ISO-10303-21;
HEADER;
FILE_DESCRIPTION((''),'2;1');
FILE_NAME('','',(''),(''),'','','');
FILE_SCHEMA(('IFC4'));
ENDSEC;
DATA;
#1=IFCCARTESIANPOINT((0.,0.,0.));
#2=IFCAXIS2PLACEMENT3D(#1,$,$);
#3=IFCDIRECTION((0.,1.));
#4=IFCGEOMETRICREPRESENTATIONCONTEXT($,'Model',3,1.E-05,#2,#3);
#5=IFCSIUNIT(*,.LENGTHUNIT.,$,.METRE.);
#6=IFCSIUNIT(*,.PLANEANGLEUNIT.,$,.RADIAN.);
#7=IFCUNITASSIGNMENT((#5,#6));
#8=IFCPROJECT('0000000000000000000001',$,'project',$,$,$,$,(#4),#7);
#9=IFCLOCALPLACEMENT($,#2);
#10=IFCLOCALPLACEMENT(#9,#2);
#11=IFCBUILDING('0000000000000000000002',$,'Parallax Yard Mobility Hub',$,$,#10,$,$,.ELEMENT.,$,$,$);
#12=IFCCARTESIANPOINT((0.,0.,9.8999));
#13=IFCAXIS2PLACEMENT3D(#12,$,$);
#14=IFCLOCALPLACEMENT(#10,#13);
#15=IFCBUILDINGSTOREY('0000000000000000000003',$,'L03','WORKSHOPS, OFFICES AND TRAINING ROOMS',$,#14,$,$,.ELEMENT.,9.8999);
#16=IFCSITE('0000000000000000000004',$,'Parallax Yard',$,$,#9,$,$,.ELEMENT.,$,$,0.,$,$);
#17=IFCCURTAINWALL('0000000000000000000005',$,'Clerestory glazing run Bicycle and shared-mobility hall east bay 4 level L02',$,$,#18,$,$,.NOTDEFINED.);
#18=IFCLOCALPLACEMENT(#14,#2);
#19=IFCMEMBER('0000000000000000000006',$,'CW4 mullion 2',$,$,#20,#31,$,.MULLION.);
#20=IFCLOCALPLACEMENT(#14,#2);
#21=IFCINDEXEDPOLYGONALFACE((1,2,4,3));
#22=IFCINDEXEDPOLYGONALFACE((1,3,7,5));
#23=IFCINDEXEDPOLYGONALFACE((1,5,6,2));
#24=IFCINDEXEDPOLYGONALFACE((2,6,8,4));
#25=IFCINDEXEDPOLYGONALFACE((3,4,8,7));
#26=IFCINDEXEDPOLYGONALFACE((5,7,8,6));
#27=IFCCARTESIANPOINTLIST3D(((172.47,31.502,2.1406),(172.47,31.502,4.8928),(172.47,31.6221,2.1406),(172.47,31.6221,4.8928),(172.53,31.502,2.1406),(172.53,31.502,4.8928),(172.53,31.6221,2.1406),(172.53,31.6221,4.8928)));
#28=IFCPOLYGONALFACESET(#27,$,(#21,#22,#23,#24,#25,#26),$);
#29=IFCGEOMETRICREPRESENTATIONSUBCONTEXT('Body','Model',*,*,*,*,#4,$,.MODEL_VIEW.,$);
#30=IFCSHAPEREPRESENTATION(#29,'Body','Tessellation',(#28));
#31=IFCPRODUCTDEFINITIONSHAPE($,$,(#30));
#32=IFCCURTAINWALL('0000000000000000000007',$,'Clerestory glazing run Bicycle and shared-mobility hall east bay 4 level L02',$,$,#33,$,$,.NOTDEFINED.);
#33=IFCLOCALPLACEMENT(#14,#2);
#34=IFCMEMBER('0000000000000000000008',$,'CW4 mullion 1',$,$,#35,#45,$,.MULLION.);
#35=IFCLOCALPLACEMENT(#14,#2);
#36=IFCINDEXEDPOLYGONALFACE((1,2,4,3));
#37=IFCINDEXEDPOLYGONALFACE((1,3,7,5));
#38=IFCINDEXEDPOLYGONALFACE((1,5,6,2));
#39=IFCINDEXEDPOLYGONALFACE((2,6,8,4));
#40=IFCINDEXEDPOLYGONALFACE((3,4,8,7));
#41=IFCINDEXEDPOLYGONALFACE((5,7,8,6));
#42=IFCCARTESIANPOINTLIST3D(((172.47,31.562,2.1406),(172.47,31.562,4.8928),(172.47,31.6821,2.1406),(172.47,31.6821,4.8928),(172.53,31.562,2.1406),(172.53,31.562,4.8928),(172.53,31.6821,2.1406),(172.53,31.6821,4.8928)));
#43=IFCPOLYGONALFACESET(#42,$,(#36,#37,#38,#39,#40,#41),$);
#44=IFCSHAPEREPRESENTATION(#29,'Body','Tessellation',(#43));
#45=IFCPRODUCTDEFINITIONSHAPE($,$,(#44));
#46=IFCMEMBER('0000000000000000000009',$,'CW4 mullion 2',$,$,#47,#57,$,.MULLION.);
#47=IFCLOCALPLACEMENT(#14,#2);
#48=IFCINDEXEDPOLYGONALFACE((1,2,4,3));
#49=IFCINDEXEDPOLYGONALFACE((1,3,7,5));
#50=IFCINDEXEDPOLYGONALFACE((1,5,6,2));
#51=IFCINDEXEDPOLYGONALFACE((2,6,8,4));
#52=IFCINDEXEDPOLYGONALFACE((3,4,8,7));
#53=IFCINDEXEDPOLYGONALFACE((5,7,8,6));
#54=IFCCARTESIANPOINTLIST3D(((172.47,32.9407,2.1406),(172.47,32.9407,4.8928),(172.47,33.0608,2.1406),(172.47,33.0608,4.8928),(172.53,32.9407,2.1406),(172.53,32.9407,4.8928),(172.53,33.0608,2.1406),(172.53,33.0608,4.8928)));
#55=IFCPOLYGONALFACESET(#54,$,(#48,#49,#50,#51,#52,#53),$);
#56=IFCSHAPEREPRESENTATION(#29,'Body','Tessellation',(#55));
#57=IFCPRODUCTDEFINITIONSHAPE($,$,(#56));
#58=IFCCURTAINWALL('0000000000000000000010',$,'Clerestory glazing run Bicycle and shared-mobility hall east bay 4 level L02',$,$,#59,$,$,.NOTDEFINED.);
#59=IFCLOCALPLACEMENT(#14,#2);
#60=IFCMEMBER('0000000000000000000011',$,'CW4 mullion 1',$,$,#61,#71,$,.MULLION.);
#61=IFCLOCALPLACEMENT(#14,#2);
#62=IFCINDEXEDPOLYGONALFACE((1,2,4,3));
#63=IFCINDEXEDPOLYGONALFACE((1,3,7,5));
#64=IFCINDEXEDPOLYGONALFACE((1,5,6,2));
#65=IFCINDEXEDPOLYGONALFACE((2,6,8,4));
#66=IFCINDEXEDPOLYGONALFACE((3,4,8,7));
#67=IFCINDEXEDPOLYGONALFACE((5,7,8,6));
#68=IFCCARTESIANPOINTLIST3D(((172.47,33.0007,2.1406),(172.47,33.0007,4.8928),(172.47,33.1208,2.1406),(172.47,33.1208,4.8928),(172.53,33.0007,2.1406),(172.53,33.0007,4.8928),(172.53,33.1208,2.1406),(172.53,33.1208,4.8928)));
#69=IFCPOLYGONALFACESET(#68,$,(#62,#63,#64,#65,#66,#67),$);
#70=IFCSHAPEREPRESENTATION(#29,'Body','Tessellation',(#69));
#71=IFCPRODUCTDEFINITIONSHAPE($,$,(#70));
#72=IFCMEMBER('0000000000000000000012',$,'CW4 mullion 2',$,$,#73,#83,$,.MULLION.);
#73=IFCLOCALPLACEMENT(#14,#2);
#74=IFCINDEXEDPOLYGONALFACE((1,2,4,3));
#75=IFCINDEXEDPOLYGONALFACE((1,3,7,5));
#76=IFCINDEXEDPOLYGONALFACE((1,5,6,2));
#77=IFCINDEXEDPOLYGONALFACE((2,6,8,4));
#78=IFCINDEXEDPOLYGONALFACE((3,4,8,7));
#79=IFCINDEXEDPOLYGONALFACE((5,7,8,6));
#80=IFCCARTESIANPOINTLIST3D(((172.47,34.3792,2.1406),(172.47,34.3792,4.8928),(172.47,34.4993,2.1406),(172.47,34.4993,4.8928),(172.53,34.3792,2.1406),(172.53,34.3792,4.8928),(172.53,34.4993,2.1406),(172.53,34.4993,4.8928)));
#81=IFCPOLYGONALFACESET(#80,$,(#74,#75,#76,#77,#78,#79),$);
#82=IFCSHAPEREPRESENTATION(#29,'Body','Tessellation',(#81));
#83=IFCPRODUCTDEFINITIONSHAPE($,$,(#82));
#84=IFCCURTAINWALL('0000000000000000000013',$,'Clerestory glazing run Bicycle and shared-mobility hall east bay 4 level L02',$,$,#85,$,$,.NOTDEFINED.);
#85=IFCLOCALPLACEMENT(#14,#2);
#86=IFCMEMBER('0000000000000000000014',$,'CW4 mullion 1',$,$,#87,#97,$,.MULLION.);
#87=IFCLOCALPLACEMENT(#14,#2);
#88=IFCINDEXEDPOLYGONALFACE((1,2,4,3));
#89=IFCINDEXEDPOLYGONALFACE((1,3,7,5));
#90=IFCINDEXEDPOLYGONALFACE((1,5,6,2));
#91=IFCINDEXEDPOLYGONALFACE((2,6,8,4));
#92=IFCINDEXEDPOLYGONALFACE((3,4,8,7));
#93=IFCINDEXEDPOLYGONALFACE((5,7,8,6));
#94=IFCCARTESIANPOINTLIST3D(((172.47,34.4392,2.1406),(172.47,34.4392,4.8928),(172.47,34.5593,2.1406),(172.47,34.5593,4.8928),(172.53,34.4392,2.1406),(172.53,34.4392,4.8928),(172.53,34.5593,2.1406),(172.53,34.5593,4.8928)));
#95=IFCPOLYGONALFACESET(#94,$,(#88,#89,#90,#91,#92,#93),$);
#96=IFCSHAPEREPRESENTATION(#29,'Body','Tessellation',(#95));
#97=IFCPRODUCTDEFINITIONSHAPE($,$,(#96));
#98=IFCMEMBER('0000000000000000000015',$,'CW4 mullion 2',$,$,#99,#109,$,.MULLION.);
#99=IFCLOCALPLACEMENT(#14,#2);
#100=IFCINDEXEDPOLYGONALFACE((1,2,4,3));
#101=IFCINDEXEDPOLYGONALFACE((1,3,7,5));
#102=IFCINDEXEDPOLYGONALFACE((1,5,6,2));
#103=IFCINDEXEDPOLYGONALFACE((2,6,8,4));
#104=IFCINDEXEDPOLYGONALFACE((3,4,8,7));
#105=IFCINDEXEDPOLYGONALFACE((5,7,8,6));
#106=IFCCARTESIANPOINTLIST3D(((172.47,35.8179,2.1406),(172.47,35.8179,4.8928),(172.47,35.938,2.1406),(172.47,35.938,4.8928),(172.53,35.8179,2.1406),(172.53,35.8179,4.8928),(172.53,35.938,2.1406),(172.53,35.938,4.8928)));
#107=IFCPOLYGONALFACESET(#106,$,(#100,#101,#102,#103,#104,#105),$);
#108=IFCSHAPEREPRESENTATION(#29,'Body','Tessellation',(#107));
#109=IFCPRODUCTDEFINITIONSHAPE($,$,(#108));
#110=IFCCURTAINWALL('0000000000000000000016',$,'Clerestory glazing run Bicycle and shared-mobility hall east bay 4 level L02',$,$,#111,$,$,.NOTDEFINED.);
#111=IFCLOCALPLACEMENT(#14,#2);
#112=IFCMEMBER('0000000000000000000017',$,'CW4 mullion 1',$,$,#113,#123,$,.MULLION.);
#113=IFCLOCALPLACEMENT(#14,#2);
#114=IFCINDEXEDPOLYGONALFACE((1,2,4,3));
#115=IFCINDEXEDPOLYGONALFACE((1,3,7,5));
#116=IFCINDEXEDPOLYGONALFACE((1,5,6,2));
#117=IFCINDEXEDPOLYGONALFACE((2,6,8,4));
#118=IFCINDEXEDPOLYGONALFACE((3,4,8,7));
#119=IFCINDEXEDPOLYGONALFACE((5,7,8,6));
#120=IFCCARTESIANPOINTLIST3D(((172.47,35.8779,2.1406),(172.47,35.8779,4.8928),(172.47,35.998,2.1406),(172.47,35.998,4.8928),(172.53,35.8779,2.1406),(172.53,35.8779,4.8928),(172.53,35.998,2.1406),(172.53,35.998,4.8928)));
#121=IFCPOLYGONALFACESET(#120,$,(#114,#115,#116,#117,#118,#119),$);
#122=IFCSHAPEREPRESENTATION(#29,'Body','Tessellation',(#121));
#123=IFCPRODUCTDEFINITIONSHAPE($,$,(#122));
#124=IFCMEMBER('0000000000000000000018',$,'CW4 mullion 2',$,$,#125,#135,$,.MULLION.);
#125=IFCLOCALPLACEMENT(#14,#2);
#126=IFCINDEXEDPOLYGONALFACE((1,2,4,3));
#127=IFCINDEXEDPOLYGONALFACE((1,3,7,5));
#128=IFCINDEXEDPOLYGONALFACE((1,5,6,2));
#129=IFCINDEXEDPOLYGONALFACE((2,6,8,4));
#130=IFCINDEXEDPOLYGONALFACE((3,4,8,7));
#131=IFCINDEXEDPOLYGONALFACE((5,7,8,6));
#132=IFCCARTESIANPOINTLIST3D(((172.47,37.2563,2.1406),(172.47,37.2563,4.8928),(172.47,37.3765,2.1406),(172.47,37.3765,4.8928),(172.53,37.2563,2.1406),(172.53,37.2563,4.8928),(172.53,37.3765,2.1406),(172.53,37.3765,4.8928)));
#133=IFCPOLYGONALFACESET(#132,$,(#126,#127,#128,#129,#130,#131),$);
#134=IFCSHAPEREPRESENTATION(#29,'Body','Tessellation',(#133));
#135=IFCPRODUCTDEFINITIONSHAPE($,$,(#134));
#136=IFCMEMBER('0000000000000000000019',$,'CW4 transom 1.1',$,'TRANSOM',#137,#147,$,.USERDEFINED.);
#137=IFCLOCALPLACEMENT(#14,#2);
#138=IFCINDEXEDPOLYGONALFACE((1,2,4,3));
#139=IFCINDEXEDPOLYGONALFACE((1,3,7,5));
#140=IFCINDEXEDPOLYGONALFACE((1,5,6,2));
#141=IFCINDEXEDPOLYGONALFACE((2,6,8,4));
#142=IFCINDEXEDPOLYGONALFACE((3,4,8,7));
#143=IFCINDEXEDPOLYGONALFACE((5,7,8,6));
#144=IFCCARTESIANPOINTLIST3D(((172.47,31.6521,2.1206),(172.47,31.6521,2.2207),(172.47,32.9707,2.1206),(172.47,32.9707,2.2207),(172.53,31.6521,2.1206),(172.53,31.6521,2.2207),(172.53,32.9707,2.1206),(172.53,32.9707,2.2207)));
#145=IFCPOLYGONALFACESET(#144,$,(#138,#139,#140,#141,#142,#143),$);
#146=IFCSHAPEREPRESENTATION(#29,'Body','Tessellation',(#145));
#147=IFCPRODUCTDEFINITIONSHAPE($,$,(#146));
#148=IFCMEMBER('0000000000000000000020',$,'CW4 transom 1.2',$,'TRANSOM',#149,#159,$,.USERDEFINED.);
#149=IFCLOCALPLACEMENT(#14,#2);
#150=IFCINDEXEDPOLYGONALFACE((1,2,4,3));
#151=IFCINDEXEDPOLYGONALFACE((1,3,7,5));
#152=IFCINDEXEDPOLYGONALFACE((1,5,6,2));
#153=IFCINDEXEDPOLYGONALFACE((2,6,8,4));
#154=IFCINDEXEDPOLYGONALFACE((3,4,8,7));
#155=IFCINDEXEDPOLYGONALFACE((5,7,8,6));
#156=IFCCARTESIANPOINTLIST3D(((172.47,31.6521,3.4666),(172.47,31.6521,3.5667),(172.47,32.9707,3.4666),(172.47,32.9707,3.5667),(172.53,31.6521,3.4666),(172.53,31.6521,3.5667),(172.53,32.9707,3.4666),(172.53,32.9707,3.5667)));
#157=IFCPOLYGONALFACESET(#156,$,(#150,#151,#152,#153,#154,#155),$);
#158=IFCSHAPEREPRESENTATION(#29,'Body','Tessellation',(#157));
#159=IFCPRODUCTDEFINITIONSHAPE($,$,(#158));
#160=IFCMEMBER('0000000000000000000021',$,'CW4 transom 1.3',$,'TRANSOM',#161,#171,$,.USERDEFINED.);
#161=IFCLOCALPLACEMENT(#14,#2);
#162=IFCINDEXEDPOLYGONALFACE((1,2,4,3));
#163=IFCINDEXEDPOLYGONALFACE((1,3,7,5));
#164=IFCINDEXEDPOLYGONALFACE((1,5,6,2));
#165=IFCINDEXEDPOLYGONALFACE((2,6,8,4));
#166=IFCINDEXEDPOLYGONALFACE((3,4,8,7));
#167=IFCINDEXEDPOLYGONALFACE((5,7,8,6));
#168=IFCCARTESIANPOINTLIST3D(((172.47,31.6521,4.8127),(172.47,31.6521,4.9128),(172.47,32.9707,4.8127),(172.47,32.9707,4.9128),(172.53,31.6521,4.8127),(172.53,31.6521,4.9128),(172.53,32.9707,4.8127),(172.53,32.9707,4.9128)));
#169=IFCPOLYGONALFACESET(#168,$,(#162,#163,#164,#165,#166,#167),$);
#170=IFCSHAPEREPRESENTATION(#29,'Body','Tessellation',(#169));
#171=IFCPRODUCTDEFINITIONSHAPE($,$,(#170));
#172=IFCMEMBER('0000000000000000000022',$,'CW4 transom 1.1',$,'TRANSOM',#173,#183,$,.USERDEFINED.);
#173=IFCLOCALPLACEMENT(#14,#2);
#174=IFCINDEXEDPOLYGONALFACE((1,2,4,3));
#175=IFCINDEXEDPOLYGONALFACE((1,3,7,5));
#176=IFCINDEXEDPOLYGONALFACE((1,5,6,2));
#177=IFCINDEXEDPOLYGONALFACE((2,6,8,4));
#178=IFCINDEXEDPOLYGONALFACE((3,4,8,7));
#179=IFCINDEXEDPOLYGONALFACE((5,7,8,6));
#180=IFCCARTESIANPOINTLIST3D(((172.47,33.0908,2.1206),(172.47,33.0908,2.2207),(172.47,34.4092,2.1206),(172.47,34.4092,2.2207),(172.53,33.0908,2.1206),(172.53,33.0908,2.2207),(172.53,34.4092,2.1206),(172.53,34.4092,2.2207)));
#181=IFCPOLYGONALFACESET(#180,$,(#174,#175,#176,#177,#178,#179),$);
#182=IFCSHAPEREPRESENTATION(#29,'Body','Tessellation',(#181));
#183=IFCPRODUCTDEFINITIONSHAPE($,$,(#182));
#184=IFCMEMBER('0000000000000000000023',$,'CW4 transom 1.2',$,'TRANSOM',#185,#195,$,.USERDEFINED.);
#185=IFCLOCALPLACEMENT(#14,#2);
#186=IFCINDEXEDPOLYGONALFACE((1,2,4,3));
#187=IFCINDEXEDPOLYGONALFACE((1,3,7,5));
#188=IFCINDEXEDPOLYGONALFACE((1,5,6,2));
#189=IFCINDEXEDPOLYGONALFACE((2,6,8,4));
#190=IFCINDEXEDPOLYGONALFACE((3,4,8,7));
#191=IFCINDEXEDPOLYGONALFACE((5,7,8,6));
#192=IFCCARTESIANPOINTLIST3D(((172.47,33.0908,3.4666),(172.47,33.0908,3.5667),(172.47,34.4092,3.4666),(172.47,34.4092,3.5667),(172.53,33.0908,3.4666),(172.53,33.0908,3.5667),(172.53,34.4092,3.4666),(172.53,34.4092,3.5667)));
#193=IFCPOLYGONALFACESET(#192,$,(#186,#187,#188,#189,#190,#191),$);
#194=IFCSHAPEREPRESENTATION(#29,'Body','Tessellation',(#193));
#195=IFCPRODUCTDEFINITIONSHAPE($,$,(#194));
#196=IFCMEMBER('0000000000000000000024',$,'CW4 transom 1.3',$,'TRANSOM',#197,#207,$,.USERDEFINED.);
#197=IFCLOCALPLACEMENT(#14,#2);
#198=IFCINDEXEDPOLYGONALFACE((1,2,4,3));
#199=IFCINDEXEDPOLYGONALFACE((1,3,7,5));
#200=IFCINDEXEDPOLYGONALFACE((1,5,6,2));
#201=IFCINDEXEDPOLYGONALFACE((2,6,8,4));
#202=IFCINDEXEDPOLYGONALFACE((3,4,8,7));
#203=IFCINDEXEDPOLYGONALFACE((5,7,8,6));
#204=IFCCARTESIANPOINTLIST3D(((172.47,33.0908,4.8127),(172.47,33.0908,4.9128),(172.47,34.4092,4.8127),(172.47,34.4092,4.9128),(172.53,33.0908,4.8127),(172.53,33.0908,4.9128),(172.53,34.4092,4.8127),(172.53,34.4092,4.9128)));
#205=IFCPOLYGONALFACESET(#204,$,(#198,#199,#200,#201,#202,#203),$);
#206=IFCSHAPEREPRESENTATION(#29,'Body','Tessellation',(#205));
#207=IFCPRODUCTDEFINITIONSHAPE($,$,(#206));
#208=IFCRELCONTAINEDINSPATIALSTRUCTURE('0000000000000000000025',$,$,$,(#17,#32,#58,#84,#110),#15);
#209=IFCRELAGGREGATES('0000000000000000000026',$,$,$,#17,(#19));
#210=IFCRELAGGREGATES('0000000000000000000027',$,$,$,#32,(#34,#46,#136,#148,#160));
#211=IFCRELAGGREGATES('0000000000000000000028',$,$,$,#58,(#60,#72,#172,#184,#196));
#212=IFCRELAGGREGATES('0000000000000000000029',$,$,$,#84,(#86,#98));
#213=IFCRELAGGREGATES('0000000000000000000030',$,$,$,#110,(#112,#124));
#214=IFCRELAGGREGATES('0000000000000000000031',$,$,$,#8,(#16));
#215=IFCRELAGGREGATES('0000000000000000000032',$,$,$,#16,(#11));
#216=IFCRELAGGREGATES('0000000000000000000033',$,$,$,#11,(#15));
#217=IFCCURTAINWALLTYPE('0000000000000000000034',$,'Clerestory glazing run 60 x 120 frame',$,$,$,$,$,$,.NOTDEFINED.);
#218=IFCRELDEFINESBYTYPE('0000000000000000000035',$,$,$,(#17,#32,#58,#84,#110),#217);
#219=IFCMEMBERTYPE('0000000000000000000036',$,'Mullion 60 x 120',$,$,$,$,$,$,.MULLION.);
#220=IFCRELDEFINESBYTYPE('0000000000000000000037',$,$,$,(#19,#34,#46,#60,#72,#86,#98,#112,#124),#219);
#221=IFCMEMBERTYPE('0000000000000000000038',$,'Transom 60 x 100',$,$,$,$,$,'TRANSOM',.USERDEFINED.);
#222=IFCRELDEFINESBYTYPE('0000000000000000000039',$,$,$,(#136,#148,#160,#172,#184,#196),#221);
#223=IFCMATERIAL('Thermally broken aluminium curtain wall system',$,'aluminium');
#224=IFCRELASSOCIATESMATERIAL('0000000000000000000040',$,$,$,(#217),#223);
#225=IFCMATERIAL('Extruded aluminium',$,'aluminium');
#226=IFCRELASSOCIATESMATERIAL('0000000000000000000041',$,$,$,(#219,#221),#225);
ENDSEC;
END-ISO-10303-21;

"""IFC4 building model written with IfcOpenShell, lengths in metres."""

from ifc_helpers import new_model, si_unit, direction, frame, origin, origin_2d, place, context, subcontext, project, spatial, rectangle, extrude, material, material_profile, profile_set, type_object, element, aggregate, save


model = new_model("IFC4")

# Units and contexts
model_context = context("Model", 3, precision=1e-05, world=origin(), true_north=direction((0.0, 1.0)))
body_context = subcontext(model_context, "Body", "Model", "MODEL_VIEW")
ifc_project = project(units=[si_unit("LENGTHUNIT", "METRE"), si_unit("PLANEANGLEUNIT", "RADIAN")], contexts=[model_context])

# Site, building, storey
site_placement = place(None, origin())
site = spatial("IfcSite", under=ifc_project, at=site_placement, Name="Parallax Yard", CompositionType="ELEMENT", RefElevation=0.0)
building_placement = place(site_placement, origin())
building = spatial("IfcBuilding", under=site, at=building_placement, Name="Parallax Yard Mobility Hub", CompositionType="ELEMENT")
storey_placement = place(building_placement, frame((0.0, 0.0, 9.8999)))
storey = spatial("IfcBuildingStorey", under=building, at=storey_placement, Name="L03", Description="WORKSHOPS, OFFICES AND TRAINING ROOMS", CompositionType="ELEMENT", Elevation=9.8999)

# Curtain wall, member
ifc_material_1 = material(Name="Thermally broken aluminium curtain wall system", Category="aluminium")
curtain_wall_type = type_object("IfcCurtainWallType", Name="Clerestory glazing run 60 x 120 frame", PredefinedType="NOTDEFINED", material=ifc_material_1)
curtain_wall_1_placement = place(storey_placement, origin())
curtain_wall_1 = element("IfcCurtainWall", 1, at=curtain_wall_1_placement, inside=storey, type_object=curtain_wall_type, Name="Clerestory glazing run Bicycle and shared-mobility hall east bay 4 level L02", PredefinedType="NOTDEFINED")
ifc_material_2 = material(Name="Extruded aluminium", Category="aluminium")
ifc_material_profile_1 = material_profile(ifc_material_2, rectangle(XDim=0.0601, YDim=0.1201, at=origin_2d()), Name="Mullion 60 x 120")
ifc_profile_set_1 = profile_set([ifc_material_profile_1], Name="Extruded aluminium")
member_type_1 = type_object("IfcMemberType", Name="Mullion 60 x 120", PredefinedType="MULLION", material=ifc_profile_set_1)
member_1_placement = place(storey_placement, frame((172.5, 31.562, 2.1406), z_axis=(0.0, 0.0, 1.0), x_axis=(-1.0, 0.0, 0.0)))
member_1 = element("IfcMember", 2, at=member_1_placement, type_object=member_type_1, Name="CW4 mullion 2", PredefinedType="MULLION", context=body_context, shape_type="SweptSolid", body=[
    extrude(rectangle(XDim=0.0601, YDim=0.1201, at=origin_2d()), origin(), (0.0, 0.0, 1.0), 2.7522),
])

# Curtain walls, members
curtain_wall_2_placement = place(storey_placement, origin())
curtain_wall_2 = element("IfcCurtainWall", 3, at=curtain_wall_2_placement, inside=storey, type_object=curtain_wall_type, Name="Clerestory glazing run Bicycle and shared-mobility hall east bay 4 level L02", PredefinedType="NOTDEFINED")
member_2_placement = place(storey_placement, frame((172.5, 31.6221, 2.1406), z_axis=(0.0, 0.0, 1.0), x_axis=(-1.0, 0.0, 0.0)))
member_2 = element("IfcMember", 4, at=member_2_placement, type_object=member_type_1, Name="CW4 mullion 1", PredefinedType="MULLION", context=body_context, shape_type="SweptSolid", body=[
    extrude(rectangle(XDim=0.0601, YDim=0.1201, at=origin_2d()), origin(), (0.0, 0.0, 1.0), 2.7522),
])
member_3_placement = place(storey_placement, frame((172.5, 33.0007, 2.1406), z_axis=(0.0, 0.0, 1.0), x_axis=(-1.0, 0.0, 0.0)))
member_3 = element("IfcMember", 5, at=member_3_placement, type_object=member_type_1, Name="CW4 mullion 2", PredefinedType="MULLION", context=body_context, shape_type="SweptSolid", body=[
    extrude(rectangle(XDim=0.0601, YDim=0.1201, at=origin_2d()), origin(), (0.0, 0.0, 1.0), 2.7522),
])
curtain_wall_3_placement = place(storey_placement, origin())
curtain_wall_3 = element("IfcCurtainWall", 6, at=curtain_wall_3_placement, inside=storey, type_object=curtain_wall_type, Name="Clerestory glazing run Bicycle and shared-mobility hall east bay 4 level L02", PredefinedType="NOTDEFINED")
member_4_placement = place(storey_placement, frame((172.5, 33.0608, 2.1406), z_axis=(0.0, 0.0, 1.0), x_axis=(-1.0, 0.0, 0.0)))
member_4 = element("IfcMember", 7, at=member_4_placement, type_object=member_type_1, Name="CW4 mullion 1", PredefinedType="MULLION", context=body_context, shape_type="SweptSolid", body=[
    extrude(rectangle(XDim=0.0601, YDim=0.1201, at=origin_2d()), origin(), (0.0, 0.0, 1.0), 2.7522),
])
member_5_placement = place(storey_placement, frame((172.5, 34.4392, 2.1406), z_axis=(0.0, 0.0, 1.0), x_axis=(-1.0, 0.0, 0.0)))
member_5 = element("IfcMember", 8, at=member_5_placement, type_object=member_type_1, Name="CW4 mullion 2", PredefinedType="MULLION", context=body_context, shape_type="SweptSolid", body=[
    extrude(rectangle(XDim=0.0601, YDim=0.1201, at=origin_2d()), origin(), (0.0, 0.0, 1.0), 2.7522),
])
curtain_wall_4_placement = place(storey_placement, origin())
curtain_wall_4 = element("IfcCurtainWall", 9, at=curtain_wall_4_placement, inside=storey, type_object=curtain_wall_type, Name="Clerestory glazing run Bicycle and shared-mobility hall east bay 4 level L02", PredefinedType="NOTDEFINED")
member_6_placement = place(storey_placement, frame((172.5, 34.4993, 2.1406), z_axis=(0.0, 0.0, 1.0), x_axis=(-1.0, 0.0, 0.0)))
member_6 = element("IfcMember", 10, at=member_6_placement, type_object=member_type_1, Name="CW4 mullion 1", PredefinedType="MULLION", context=body_context, shape_type="SweptSolid", body=[
    extrude(rectangle(XDim=0.0601, YDim=0.1201, at=origin_2d()), origin(), (0.0, 0.0, 1.0), 2.7522),
])
member_7_placement = place(storey_placement, frame((172.5, 35.8779, 2.1406), z_axis=(0.0, 0.0, 1.0), x_axis=(-1.0, 0.0, 0.0)))
member_7 = element("IfcMember", 11, at=member_7_placement, type_object=member_type_1, Name="CW4 mullion 2", PredefinedType="MULLION", context=body_context, shape_type="SweptSolid", body=[
    extrude(rectangle(XDim=0.0601, YDim=0.1201, at=origin_2d()), origin(), (0.0, 0.0, 1.0), 2.7522),
])
curtain_wall_5_placement = place(storey_placement, origin())
curtain_wall_5 = element("IfcCurtainWall", 12, at=curtain_wall_5_placement, inside=storey, type_object=curtain_wall_type, Name="Clerestory glazing run Bicycle and shared-mobility hall east bay 4 level L02", PredefinedType="NOTDEFINED")
member_8_placement = place(storey_placement, frame((172.5, 35.938, 2.1406), z_axis=(0.0, 0.0, 1.0), x_axis=(-1.0, 0.0, 0.0)))
member_8 = element("IfcMember", 13, at=member_8_placement, type_object=member_type_1, Name="CW4 mullion 1", PredefinedType="MULLION", context=body_context, shape_type="SweptSolid", body=[
    extrude(rectangle(XDim=0.0601, YDim=0.1201, at=origin_2d()), origin(), (0.0, 0.0, 1.0), 2.7522),
])
member_9_placement = place(storey_placement, frame((172.5, 37.3164, 2.1406), z_axis=(0.0, 0.0, 1.0), x_axis=(-1.0, 0.0, 0.0)))
member_9 = element("IfcMember", 14, at=member_9_placement, type_object=member_type_1, Name="CW4 mullion 2", PredefinedType="MULLION", context=body_context, shape_type="SweptSolid", body=[
    extrude(rectangle(XDim=0.0601, YDim=0.1201, at=origin_2d()), origin(), (0.0, 0.0, 1.0), 2.7522),
])

# Members
ifc_material_profile_2 = material_profile(ifc_material_2, rectangle(XDim=0.0601, YDim=0.1001, at=origin_2d()), Name="Transom 60 x 100")
ifc_profile_set_2 = profile_set([ifc_material_profile_2], Name="Extruded aluminium")
member_type_2 = type_object("IfcMemberType", Name="Transom 60 x 100", ElementType="TRANSOM", PredefinedType="USERDEFINED", material=ifc_profile_set_2)
member_10_placement = place(storey_placement, frame((172.5, 31.6521, 2.1707), z_axis=(0.0, 1.0, 0.0), x_axis=(-1.0, 0.0, 0.0)))
member_10 = element("IfcMember", 15, at=member_10_placement, type_object=member_type_2, Name="CW4 transom 1.1", ObjectType="TRANSOM", PredefinedType="USERDEFINED", context=body_context, shape_type="SweptSolid", body=[
    extrude(rectangle(XDim=0.0601, YDim=0.1001, at=origin_2d()), origin(), (0.0, 0.0, 1.0), 1.3186),
])
member_11_placement = place(storey_placement, frame((172.5, 31.6521, 3.5166), z_axis=(0.0, 1.0, 0.0), x_axis=(-1.0, 0.0, 0.0)))
member_11 = element("IfcMember", 16, at=member_11_placement, type_object=member_type_2, Name="CW4 transom 1.2", ObjectType="TRANSOM", PredefinedType="USERDEFINED", context=body_context, shape_type="SweptSolid", body=[
    extrude(rectangle(XDim=0.0601, YDim=0.1001, at=origin_2d()), origin(), (0.0, 0.0, 1.0), 1.3186),
])
member_12_placement = place(storey_placement, frame((172.5, 31.6521, 4.8628), z_axis=(0.0, 1.0, 0.0), x_axis=(-1.0, 0.0, 0.0)))
member_12 = element("IfcMember", 17, at=member_12_placement, type_object=member_type_2, Name="CW4 transom 1.3", ObjectType="TRANSOM", PredefinedType="USERDEFINED", context=body_context, shape_type="SweptSolid", body=[
    extrude(rectangle(XDim=0.0601, YDim=0.1001, at=origin_2d()), origin(), (0.0, 0.0, 1.0), 1.3186),
])
member_13_placement = place(storey_placement, frame((172.5, 33.0908, 2.1707), z_axis=(0.0, 1.0, 0.0), x_axis=(-1.0, 0.0, 0.0)))
member_13 = element("IfcMember", 18, at=member_13_placement, type_object=member_type_2, Name="CW4 transom 1.1", ObjectType="TRANSOM", PredefinedType="USERDEFINED", context=body_context, shape_type="SweptSolid", body=[
    extrude(rectangle(XDim=0.0601, YDim=0.1001, at=origin_2d()), origin(), (0.0, 0.0, 1.0), 1.3184),
])
member_14_placement = place(storey_placement, frame((172.5, 33.0908, 3.5166), z_axis=(0.0, 1.0, 0.0), x_axis=(-1.0, 0.0, 0.0)))
member_14 = element("IfcMember", 19, at=member_14_placement, type_object=member_type_2, Name="CW4 transom 1.2", ObjectType="TRANSOM", PredefinedType="USERDEFINED", context=body_context, shape_type="SweptSolid", body=[
    extrude(rectangle(XDim=0.0601, YDim=0.1001, at=origin_2d()), origin(), (0.0, 0.0, 1.0), 1.3184),
])
member_15_placement = place(storey_placement, frame((172.5, 33.0908, 4.8628), z_axis=(0.0, 1.0, 0.0), x_axis=(-1.0, 0.0, 0.0)))
member_15 = element("IfcMember", 20, at=member_15_placement, type_object=member_type_2, Name="CW4 transom 1.3", ObjectType="TRANSOM", PredefinedType="USERDEFINED", context=body_context, shape_type="SweptSolid", body=[
    extrude(rectangle(XDim=0.0601, YDim=0.1001, at=origin_2d()), origin(), (0.0, 0.0, 1.0), 1.3184),
])

aggregate(curtain_wall_1, [member_1])
aggregate(curtain_wall_2, [member_2, member_3, member_10, member_11, member_12])
aggregate(curtain_wall_3, [member_4, member_5, member_13, member_14, member_15])
aggregate(curtain_wall_4, [member_6, member_7])
aggregate(curtain_wall_5, [member_8, member_9])

save(model, "model.ifc")
